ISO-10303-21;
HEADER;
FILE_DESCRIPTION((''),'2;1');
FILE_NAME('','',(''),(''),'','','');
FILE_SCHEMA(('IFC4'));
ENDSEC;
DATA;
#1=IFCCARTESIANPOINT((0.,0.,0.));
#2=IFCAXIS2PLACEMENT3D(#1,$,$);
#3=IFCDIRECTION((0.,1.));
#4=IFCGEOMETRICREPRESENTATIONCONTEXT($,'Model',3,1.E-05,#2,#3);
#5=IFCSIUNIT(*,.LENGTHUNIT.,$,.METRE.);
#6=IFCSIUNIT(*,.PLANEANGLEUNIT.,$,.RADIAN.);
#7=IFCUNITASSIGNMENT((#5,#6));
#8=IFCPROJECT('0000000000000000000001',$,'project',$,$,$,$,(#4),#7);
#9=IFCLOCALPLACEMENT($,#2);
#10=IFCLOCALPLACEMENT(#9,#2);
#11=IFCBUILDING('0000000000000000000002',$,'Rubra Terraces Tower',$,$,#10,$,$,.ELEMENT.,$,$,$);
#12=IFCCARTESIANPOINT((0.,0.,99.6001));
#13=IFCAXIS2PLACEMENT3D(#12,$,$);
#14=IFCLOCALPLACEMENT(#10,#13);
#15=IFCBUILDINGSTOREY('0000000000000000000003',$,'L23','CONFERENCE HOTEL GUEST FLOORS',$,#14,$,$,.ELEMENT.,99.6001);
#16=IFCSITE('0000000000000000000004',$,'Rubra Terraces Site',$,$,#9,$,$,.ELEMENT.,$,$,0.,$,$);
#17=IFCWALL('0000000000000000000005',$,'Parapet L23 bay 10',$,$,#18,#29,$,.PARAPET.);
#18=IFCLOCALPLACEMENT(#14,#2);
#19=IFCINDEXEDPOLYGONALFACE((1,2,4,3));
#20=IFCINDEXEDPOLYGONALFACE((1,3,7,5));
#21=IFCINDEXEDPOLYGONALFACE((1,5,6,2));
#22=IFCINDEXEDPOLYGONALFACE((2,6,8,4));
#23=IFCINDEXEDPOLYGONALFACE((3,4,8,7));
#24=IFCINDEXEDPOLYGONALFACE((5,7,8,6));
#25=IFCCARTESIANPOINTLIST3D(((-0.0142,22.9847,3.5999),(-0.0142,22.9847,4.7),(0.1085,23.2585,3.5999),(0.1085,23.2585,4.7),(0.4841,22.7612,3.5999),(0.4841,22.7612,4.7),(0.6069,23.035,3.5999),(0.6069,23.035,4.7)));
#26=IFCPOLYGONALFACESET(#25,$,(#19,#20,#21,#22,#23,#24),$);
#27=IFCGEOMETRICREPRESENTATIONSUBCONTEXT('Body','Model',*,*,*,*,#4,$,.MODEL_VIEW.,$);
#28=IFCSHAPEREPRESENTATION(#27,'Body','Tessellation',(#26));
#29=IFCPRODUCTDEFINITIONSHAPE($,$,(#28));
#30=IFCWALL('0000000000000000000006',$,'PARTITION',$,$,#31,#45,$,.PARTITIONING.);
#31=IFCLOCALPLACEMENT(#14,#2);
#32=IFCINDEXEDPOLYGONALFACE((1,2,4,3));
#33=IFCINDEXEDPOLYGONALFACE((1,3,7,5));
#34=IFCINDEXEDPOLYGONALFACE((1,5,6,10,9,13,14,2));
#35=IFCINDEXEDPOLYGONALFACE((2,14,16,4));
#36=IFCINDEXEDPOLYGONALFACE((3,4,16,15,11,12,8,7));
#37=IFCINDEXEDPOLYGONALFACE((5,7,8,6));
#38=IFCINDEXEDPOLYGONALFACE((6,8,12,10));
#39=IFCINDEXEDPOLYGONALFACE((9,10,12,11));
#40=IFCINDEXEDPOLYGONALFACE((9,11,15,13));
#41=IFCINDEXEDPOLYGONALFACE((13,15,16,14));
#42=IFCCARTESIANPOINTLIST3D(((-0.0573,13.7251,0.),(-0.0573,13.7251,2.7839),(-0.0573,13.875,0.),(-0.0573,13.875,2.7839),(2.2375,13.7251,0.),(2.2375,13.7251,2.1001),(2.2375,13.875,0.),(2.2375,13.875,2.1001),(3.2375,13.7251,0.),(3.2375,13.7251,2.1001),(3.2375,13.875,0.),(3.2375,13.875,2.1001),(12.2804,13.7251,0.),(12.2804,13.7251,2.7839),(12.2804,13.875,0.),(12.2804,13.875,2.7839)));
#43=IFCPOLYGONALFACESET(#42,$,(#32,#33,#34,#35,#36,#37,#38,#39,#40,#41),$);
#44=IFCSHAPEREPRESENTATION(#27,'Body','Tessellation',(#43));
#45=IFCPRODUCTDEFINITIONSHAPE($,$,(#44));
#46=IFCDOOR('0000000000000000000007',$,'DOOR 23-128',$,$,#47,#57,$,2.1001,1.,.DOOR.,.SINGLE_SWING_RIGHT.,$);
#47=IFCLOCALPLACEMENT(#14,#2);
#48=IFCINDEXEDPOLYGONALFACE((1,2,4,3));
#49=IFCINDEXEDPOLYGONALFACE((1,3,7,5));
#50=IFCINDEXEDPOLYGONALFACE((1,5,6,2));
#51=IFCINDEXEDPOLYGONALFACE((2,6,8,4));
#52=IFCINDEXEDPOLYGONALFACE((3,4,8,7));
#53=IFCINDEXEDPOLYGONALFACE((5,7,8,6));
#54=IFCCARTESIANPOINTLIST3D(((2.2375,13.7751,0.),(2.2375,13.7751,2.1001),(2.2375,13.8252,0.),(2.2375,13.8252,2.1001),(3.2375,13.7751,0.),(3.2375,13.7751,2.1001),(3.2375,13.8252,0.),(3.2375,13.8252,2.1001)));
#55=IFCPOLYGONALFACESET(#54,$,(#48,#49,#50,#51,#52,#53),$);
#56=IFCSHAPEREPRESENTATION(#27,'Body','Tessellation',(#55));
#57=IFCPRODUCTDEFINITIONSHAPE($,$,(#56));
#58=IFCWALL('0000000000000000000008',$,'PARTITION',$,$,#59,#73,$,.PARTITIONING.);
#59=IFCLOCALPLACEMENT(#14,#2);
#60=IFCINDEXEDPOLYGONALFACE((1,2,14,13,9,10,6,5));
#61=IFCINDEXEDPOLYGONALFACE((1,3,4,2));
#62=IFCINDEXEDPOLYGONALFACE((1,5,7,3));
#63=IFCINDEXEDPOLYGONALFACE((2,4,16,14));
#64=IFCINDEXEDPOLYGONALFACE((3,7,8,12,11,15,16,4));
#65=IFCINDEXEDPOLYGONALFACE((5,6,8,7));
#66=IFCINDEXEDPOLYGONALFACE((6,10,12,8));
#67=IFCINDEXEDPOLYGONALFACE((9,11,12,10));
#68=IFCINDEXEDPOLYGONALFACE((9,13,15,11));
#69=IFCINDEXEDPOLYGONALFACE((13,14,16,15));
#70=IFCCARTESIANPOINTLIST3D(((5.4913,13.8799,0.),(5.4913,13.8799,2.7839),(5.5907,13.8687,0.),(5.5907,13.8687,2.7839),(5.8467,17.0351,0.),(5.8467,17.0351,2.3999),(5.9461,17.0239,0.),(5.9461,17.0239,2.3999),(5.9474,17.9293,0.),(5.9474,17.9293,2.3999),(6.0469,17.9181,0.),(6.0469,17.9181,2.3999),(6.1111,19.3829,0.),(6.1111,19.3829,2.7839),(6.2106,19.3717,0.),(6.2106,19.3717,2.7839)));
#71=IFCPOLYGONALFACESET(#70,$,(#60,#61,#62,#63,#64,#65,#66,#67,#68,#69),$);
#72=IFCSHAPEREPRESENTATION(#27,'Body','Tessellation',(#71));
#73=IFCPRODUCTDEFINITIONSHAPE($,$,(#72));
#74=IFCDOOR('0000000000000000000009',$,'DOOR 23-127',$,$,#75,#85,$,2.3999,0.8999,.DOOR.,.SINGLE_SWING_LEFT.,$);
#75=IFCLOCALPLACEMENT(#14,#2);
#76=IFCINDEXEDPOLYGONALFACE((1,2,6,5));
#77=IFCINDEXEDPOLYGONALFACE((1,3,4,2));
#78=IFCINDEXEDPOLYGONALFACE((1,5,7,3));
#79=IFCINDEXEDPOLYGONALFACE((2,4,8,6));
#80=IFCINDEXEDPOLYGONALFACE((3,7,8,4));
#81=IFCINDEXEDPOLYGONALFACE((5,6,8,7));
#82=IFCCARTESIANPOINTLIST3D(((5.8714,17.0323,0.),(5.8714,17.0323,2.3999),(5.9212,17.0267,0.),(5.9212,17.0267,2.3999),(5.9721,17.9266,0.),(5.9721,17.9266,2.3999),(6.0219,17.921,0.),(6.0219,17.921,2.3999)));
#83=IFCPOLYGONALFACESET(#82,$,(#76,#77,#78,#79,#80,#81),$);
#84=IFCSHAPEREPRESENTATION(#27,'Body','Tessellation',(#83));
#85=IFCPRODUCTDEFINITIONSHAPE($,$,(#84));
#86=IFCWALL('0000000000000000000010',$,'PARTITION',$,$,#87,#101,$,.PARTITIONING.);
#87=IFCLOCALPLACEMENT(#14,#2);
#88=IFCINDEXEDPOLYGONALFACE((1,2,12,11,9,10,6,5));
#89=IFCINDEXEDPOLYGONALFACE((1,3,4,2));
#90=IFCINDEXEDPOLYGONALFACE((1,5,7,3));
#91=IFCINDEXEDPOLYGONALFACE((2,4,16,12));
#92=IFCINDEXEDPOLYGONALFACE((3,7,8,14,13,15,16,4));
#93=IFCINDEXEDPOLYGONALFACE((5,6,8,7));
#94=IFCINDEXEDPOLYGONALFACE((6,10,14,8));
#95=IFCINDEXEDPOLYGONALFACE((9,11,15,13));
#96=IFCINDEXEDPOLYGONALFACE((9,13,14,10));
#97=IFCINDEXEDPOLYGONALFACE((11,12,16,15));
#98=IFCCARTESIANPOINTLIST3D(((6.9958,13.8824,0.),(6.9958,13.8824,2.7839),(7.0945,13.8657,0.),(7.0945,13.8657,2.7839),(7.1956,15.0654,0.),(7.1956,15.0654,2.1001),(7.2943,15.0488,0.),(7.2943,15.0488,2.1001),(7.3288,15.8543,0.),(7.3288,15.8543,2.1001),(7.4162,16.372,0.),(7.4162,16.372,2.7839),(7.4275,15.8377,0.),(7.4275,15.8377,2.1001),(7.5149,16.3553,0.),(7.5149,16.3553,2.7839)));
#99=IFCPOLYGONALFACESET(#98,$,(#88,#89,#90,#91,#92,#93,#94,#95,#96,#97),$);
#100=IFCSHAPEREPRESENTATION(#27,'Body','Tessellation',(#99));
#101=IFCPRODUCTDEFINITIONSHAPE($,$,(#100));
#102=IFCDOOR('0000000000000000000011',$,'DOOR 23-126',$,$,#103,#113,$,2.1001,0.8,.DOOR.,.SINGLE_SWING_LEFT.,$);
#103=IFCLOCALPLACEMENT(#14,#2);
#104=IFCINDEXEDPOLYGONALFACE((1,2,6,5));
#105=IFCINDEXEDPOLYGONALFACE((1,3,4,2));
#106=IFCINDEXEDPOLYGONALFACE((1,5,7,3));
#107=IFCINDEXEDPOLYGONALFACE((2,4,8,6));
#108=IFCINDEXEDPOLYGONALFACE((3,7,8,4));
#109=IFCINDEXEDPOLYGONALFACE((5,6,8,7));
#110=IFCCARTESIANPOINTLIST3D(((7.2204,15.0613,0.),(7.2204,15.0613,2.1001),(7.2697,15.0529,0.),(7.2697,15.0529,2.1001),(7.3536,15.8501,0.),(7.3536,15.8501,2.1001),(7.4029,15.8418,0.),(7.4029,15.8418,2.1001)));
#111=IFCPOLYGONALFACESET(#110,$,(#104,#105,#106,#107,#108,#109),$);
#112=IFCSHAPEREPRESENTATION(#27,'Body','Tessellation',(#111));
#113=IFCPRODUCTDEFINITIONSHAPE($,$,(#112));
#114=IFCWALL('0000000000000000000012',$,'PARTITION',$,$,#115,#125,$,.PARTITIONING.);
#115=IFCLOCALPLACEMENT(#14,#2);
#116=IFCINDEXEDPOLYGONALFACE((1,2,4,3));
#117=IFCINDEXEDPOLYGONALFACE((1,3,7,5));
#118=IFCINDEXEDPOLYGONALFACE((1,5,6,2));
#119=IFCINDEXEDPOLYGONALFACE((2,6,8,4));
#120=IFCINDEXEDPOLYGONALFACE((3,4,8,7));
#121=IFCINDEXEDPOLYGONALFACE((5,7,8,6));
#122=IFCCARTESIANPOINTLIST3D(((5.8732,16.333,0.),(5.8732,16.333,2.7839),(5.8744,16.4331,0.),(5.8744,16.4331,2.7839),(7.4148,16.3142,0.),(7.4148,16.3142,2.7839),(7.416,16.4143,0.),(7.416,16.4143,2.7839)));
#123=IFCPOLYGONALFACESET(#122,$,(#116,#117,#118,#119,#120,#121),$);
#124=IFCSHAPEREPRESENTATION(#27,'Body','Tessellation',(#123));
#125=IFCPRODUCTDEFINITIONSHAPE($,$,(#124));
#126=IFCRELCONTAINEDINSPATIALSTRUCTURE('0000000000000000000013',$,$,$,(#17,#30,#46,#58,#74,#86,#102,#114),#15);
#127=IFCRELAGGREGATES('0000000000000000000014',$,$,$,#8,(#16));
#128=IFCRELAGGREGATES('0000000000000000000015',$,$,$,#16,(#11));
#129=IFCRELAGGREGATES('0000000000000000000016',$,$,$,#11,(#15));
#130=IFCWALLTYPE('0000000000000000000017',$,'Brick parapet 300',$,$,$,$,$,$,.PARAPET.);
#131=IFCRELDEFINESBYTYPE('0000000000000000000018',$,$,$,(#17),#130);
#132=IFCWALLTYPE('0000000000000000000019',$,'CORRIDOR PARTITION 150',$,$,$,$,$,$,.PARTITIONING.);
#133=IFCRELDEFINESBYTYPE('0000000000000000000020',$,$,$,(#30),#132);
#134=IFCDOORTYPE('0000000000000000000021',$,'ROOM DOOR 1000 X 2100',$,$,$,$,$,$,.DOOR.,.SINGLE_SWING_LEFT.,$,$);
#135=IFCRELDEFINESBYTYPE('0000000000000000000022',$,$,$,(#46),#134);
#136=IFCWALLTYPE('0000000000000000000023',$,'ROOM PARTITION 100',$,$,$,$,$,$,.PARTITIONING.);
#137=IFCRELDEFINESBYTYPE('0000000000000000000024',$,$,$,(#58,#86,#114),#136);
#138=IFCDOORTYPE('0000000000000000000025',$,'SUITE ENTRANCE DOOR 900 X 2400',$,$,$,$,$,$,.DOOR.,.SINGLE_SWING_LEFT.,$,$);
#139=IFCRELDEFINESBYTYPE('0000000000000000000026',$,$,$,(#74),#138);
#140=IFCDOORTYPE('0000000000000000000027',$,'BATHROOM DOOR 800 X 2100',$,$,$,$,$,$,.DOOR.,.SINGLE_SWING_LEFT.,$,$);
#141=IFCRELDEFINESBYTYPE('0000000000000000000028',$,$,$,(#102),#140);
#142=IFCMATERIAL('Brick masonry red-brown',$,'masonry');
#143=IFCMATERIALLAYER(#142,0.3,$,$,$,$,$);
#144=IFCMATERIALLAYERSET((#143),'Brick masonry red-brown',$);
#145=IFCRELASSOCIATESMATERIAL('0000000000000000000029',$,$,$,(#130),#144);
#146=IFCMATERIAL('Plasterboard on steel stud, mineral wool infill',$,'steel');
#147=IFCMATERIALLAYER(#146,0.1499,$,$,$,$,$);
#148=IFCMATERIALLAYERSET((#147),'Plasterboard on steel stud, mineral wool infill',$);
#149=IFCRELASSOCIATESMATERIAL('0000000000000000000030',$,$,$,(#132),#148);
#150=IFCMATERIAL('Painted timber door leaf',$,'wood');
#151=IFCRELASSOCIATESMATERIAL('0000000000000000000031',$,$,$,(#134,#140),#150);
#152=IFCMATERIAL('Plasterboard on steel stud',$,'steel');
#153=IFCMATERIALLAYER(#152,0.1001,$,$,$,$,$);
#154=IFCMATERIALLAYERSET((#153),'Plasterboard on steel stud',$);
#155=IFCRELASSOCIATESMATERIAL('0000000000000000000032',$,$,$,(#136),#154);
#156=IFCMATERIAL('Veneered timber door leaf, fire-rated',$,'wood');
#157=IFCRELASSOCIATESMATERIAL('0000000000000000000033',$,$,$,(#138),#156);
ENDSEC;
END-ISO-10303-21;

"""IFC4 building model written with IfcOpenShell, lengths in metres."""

from ifc_helpers import new_model, si_unit, direction, frame, frame_2d, origin, place, context, subcontext, project, spatial, rectangle, extrude, material, layer, layer_set, type_object, element, fill, save


model = new_model("IFC4")

# Units and contexts
model_context = context("Model", 3, precision=1e-05, world=origin(), true_north=direction((0.0, 1.0)))
body_context = subcontext(model_context, "Body", "Model", "MODEL_VIEW")
ifc_project = project(units=[si_unit("LENGTHUNIT", "METRE"), si_unit("PLANEANGLEUNIT", "RADIAN")], contexts=[model_context])

# Site, building, storey
site_placement = place(None, origin())
site = spatial("IfcSite", under=ifc_project, at=site_placement, Name="Rubra Terraces Site", CompositionType="ELEMENT", RefElevation=0.0)
building_placement = place(site_placement, origin())
building = spatial("IfcBuilding", under=site, at=building_placement, Name="Rubra Terraces Tower", CompositionType="ELEMENT")
storey_placement = place(building_placement, frame((0.0, 0.0, 99.6001)))
storey = spatial("IfcBuildingStorey", under=building, at=storey_placement, Name="L23", Description="CONFERENCE HOTEL GUEST FLOORS", CompositionType="ELEMENT", Elevation=99.6001)

# Shared definitions
ifc_material_1 = material(Name="Brick masonry red-brown", Category="masonry")

# Wall
ifc_layer_1 = layer(ifc_material_1, 0.3)
ifc_layer_set_1 = layer_set([ifc_layer_1], Name="Brick masonry red-brown")
wall_type_1 = type_object("IfcWallType", Name="Brick parapet 300", PredefinedType="PARAPET", material=ifc_layer_set_1)
wall_1_placement = place(storey_placement, frame((0.5454, 22.8982, 3.5999), z_axis=(0.0, 0.0, 1.0), x_axis=(-0.912498, 0.409082, 0.0)))
element("IfcWall", 1, at=wall_1_placement, inside=storey, type_object=wall_type_1, Name="Parapet L23 bay 10", PredefinedType="PARAPET", context=body_context, shape_type="SweptSolid", body=[
    extrude(rectangle(XDim=0.5461, YDim=0.3, at=frame_2d((0.2729, 0.0))), origin(), (0.0, 0.0, 1.0), 1.1001),
])

# Walls, openings, doors
ifc_material_2 = material(Name="Plasterboard on steel stud, mineral wool infill", Category="steel")
ifc_layer_2 = layer(ifc_material_2, 0.1499)
ifc_layer_set_2 = layer_set([ifc_layer_2], Name="Plasterboard on steel stud, mineral wool infill")
wall_type_2 = type_object("IfcWallType", Name="CORRIDOR PARTITION 150", PredefinedType="PARTITIONING", material=ifc_layer_set_2)
wall_2_placement = place(storey_placement, frame((12.2805, 13.8, 0.0), z_axis=(0.0, 0.0, 1.0), x_axis=(-1.0, 0.0, 0.0)))
wall_2 = element("IfcWall", 2, at=wall_2_placement, inside=storey, type_object=wall_type_2, Name="PARTITION", PredefinedType="PARTITIONING", context=body_context, shape_type="SweptSolid", body=[
    extrude(rectangle(XDim=12.3376, YDim=0.1499, at=frame_2d((6.1689, 0.0))), origin(), (0.0, 0.0, 1.0), 2.7839),
])
opening_1_placement = place(wall_2_placement, frame((9.043, 0.0, 0.0)))
opening_1 = element("IfcOpeningElement", 3, at=opening_1_placement, cuts=wall_2, PredefinedType="OPENING", context=body_context, shape_type="SweptSolid", body=[
    extrude(rectangle(XDim=1.0, YDim=2.1001, at=frame_2d((0.5, 1.05))), frame((0.0, 0.085, 0.0), z_axis=(0.0, -1.0, 0.0), x_axis=(1.0, 0.0, 0.0)), (0.0, 0.0, 1.0), 0.1699),
])
ifc_material_3 = material(Name="Painted timber door leaf", Category="wood")
door_type_1 = type_object("IfcDoorType", Name="ROOM DOOR 1000 X 2100", OperationType="SINGLE_SWING_LEFT", PredefinedType="DOOR", material=ifc_material_3)
door_1_placement = place(opening_1_placement, origin())
door_1 = element("IfcDoor", 4, at=door_1_placement, inside=storey, type_object=door_type_1, Name="DOOR 23-128", OperationType="SINGLE_SWING_RIGHT", OverallHeight=2.1001, OverallWidth=1.0, PredefinedType="DOOR", context=body_context, shape_type="SweptSolid", body=[
    extrude(rectangle(XDim=1.0, YDim=2.1001, at=frame_2d((0.5, 1.05))), frame((0.0, 0.0249, 0.0), z_axis=(0.0, -1.0, 0.0), x_axis=(1.0, 0.0, 0.0)), (0.0, 0.0, 1.0), 0.05),
])
fill(opening_1, door_1)
ifc_material_4 = material(Name="Plasterboard on steel stud", Category="steel")
ifc_layer_3 = layer(ifc_material_4, 0.1001)
ifc_layer_set_3 = layer_set([ifc_layer_3], Name="Plasterboard on steel stud")
wall_type_3 = type_object("IfcWallType", Name="ROOM PARTITION 100", PredefinedType="PARTITIONING", material=ifc_layer_set_3)
wall_3_placement = place(storey_placement, frame((6.1609, 19.3774, 0.0), z_axis=(0.0, 0.0, 1.0), x_axis=(-0.111936, -0.993715, 0.0)))
wall_3 = element("IfcWall", 5, at=wall_3_placement, inside=storey, type_object=wall_type_3, Name="PARTITION", PredefinedType="PARTITIONING", context=body_context, shape_type="SweptSolid", body=[
    extrude(rectangle(XDim=5.5378, YDim=0.1001, at=frame_2d((2.769, 0.0))), origin(), (0.0, 0.0, 1.0), 2.7839),
])
opening_2_placement = place(wall_3_placement, frame((1.4629, 0.0, 0.0)))
opening_2 = element("IfcOpeningElement", 6, at=opening_2_placement, cuts=wall_3, PredefinedType="OPENING", context=body_context, shape_type="SweptSolid", body=[
    extrude(rectangle(XDim=0.8999, YDim=2.3999, at=frame_2d((0.45, 1.2))), frame((0.0, 0.0601, 0.0), z_axis=(0.0, -1.0, 0.0), x_axis=(1.0, 0.0, 0.0)), (0.0, 0.0, 1.0), 0.1201),
])
ifc_material_5 = material(Name="Veneered timber door leaf, fire-rated", Category="wood")
door_type_2 = type_object("IfcDoorType", Name="SUITE ENTRANCE DOOR 900 X 2400", OperationType="SINGLE_SWING_LEFT", PredefinedType="DOOR", material=ifc_material_5)
door_2_placement = place(opening_2_placement, origin())
door_2 = element("IfcDoor", 7, at=door_2_placement, inside=storey, type_object=door_type_2, Name="DOOR 23-127", OperationType="SINGLE_SWING_LEFT", OverallHeight=2.3999, OverallWidth=0.8999, PredefinedType="DOOR", context=body_context, shape_type="SweptSolid", body=[
    extrude(rectangle(XDim=0.8999, YDim=2.3999, at=frame_2d((0.45, 1.2))), frame((0.0, 0.0249, 0.0), z_axis=(0.0, -1.0, 0.0), x_axis=(1.0, 0.0, 0.0)), (0.0, 0.0, 1.0), 0.05),
])
fill(opening_2, door_2)
wall_4_placement = place(storey_placement, frame((7.0452, 13.874, 0.0), z_axis=(0.0, 0.0, 1.0), x_axis=(0.1665, 0.986042, 0.0)))
wall_4 = element("IfcWall", 8, at=wall_4_placement, inside=storey, type_object=wall_type_3, Name="PARTITION", PredefinedType="PARTITIONING", context=body_context, shape_type="SweptSolid", body=[
    extrude(rectangle(XDim=2.5249, YDim=0.1001, at=frame_2d((1.2625, 0.0))), origin(), (0.0, 0.0, 1.0), 2.7839),
])
opening_3_placement = place(wall_4_placement, frame((1.2, 0.0, 0.0)))
opening_3 = element("IfcOpeningElement", 9, at=opening_3_placement, cuts=wall_4, PredefinedType="OPENING", context=body_context, shape_type="SweptSolid", body=[
    extrude(rectangle(XDim=0.8, YDim=2.1001, at=frame_2d((0.3999, 1.05))), frame((0.0, 0.0601, 0.0), z_axis=(0.0, -1.0, 0.0), x_axis=(1.0, 0.0, 0.0)), (0.0, 0.0, 1.0), 0.1201),
])
door_type_3 = type_object("IfcDoorType", Name="BATHROOM DOOR 800 X 2100", OperationType="SINGLE_SWING_LEFT", PredefinedType="DOOR", material=ifc_material_3)
door_3_placement = place(opening_3_placement, origin())
door_3 = element("IfcDoor", 10, at=door_3_placement, inside=storey, type_object=door_type_3, Name="DOOR 23-126", OperationType="SINGLE_SWING_LEFT", OverallHeight=2.1001, OverallWidth=0.8, PredefinedType="DOOR", context=body_context, shape_type="SweptSolid", body=[
    extrude(rectangle(XDim=0.8, YDim=2.1001, at=frame_2d((0.3999, 1.05))), frame((0.0, 0.0249, 0.0), z_axis=(0.0, -1.0, 0.0), x_axis=(1.0, 0.0, 0.0)), (0.0, 0.0, 1.0), 0.05),
])
fill(opening_3, door_3)

# Wall
wall_5_placement = place(storey_placement, frame((7.4155, 16.3643, 0.0), z_axis=(0.0, 0.0, 1.0), x_axis=(-0.999926, 0.012192, 0.0)))
element("IfcWall", 11, at=wall_5_placement, inside=storey, type_object=wall_type_3, Name="PARTITION", PredefinedType="PARTITIONING", context=body_context, shape_type="SweptSolid", body=[
    extrude(rectangle(XDim=1.5417, YDim=0.1001, at=frame_2d((0.771, 0.0))), origin(), (0.0, 0.0, 1.0), 2.7839),
])

save(model, "model.ifc")
